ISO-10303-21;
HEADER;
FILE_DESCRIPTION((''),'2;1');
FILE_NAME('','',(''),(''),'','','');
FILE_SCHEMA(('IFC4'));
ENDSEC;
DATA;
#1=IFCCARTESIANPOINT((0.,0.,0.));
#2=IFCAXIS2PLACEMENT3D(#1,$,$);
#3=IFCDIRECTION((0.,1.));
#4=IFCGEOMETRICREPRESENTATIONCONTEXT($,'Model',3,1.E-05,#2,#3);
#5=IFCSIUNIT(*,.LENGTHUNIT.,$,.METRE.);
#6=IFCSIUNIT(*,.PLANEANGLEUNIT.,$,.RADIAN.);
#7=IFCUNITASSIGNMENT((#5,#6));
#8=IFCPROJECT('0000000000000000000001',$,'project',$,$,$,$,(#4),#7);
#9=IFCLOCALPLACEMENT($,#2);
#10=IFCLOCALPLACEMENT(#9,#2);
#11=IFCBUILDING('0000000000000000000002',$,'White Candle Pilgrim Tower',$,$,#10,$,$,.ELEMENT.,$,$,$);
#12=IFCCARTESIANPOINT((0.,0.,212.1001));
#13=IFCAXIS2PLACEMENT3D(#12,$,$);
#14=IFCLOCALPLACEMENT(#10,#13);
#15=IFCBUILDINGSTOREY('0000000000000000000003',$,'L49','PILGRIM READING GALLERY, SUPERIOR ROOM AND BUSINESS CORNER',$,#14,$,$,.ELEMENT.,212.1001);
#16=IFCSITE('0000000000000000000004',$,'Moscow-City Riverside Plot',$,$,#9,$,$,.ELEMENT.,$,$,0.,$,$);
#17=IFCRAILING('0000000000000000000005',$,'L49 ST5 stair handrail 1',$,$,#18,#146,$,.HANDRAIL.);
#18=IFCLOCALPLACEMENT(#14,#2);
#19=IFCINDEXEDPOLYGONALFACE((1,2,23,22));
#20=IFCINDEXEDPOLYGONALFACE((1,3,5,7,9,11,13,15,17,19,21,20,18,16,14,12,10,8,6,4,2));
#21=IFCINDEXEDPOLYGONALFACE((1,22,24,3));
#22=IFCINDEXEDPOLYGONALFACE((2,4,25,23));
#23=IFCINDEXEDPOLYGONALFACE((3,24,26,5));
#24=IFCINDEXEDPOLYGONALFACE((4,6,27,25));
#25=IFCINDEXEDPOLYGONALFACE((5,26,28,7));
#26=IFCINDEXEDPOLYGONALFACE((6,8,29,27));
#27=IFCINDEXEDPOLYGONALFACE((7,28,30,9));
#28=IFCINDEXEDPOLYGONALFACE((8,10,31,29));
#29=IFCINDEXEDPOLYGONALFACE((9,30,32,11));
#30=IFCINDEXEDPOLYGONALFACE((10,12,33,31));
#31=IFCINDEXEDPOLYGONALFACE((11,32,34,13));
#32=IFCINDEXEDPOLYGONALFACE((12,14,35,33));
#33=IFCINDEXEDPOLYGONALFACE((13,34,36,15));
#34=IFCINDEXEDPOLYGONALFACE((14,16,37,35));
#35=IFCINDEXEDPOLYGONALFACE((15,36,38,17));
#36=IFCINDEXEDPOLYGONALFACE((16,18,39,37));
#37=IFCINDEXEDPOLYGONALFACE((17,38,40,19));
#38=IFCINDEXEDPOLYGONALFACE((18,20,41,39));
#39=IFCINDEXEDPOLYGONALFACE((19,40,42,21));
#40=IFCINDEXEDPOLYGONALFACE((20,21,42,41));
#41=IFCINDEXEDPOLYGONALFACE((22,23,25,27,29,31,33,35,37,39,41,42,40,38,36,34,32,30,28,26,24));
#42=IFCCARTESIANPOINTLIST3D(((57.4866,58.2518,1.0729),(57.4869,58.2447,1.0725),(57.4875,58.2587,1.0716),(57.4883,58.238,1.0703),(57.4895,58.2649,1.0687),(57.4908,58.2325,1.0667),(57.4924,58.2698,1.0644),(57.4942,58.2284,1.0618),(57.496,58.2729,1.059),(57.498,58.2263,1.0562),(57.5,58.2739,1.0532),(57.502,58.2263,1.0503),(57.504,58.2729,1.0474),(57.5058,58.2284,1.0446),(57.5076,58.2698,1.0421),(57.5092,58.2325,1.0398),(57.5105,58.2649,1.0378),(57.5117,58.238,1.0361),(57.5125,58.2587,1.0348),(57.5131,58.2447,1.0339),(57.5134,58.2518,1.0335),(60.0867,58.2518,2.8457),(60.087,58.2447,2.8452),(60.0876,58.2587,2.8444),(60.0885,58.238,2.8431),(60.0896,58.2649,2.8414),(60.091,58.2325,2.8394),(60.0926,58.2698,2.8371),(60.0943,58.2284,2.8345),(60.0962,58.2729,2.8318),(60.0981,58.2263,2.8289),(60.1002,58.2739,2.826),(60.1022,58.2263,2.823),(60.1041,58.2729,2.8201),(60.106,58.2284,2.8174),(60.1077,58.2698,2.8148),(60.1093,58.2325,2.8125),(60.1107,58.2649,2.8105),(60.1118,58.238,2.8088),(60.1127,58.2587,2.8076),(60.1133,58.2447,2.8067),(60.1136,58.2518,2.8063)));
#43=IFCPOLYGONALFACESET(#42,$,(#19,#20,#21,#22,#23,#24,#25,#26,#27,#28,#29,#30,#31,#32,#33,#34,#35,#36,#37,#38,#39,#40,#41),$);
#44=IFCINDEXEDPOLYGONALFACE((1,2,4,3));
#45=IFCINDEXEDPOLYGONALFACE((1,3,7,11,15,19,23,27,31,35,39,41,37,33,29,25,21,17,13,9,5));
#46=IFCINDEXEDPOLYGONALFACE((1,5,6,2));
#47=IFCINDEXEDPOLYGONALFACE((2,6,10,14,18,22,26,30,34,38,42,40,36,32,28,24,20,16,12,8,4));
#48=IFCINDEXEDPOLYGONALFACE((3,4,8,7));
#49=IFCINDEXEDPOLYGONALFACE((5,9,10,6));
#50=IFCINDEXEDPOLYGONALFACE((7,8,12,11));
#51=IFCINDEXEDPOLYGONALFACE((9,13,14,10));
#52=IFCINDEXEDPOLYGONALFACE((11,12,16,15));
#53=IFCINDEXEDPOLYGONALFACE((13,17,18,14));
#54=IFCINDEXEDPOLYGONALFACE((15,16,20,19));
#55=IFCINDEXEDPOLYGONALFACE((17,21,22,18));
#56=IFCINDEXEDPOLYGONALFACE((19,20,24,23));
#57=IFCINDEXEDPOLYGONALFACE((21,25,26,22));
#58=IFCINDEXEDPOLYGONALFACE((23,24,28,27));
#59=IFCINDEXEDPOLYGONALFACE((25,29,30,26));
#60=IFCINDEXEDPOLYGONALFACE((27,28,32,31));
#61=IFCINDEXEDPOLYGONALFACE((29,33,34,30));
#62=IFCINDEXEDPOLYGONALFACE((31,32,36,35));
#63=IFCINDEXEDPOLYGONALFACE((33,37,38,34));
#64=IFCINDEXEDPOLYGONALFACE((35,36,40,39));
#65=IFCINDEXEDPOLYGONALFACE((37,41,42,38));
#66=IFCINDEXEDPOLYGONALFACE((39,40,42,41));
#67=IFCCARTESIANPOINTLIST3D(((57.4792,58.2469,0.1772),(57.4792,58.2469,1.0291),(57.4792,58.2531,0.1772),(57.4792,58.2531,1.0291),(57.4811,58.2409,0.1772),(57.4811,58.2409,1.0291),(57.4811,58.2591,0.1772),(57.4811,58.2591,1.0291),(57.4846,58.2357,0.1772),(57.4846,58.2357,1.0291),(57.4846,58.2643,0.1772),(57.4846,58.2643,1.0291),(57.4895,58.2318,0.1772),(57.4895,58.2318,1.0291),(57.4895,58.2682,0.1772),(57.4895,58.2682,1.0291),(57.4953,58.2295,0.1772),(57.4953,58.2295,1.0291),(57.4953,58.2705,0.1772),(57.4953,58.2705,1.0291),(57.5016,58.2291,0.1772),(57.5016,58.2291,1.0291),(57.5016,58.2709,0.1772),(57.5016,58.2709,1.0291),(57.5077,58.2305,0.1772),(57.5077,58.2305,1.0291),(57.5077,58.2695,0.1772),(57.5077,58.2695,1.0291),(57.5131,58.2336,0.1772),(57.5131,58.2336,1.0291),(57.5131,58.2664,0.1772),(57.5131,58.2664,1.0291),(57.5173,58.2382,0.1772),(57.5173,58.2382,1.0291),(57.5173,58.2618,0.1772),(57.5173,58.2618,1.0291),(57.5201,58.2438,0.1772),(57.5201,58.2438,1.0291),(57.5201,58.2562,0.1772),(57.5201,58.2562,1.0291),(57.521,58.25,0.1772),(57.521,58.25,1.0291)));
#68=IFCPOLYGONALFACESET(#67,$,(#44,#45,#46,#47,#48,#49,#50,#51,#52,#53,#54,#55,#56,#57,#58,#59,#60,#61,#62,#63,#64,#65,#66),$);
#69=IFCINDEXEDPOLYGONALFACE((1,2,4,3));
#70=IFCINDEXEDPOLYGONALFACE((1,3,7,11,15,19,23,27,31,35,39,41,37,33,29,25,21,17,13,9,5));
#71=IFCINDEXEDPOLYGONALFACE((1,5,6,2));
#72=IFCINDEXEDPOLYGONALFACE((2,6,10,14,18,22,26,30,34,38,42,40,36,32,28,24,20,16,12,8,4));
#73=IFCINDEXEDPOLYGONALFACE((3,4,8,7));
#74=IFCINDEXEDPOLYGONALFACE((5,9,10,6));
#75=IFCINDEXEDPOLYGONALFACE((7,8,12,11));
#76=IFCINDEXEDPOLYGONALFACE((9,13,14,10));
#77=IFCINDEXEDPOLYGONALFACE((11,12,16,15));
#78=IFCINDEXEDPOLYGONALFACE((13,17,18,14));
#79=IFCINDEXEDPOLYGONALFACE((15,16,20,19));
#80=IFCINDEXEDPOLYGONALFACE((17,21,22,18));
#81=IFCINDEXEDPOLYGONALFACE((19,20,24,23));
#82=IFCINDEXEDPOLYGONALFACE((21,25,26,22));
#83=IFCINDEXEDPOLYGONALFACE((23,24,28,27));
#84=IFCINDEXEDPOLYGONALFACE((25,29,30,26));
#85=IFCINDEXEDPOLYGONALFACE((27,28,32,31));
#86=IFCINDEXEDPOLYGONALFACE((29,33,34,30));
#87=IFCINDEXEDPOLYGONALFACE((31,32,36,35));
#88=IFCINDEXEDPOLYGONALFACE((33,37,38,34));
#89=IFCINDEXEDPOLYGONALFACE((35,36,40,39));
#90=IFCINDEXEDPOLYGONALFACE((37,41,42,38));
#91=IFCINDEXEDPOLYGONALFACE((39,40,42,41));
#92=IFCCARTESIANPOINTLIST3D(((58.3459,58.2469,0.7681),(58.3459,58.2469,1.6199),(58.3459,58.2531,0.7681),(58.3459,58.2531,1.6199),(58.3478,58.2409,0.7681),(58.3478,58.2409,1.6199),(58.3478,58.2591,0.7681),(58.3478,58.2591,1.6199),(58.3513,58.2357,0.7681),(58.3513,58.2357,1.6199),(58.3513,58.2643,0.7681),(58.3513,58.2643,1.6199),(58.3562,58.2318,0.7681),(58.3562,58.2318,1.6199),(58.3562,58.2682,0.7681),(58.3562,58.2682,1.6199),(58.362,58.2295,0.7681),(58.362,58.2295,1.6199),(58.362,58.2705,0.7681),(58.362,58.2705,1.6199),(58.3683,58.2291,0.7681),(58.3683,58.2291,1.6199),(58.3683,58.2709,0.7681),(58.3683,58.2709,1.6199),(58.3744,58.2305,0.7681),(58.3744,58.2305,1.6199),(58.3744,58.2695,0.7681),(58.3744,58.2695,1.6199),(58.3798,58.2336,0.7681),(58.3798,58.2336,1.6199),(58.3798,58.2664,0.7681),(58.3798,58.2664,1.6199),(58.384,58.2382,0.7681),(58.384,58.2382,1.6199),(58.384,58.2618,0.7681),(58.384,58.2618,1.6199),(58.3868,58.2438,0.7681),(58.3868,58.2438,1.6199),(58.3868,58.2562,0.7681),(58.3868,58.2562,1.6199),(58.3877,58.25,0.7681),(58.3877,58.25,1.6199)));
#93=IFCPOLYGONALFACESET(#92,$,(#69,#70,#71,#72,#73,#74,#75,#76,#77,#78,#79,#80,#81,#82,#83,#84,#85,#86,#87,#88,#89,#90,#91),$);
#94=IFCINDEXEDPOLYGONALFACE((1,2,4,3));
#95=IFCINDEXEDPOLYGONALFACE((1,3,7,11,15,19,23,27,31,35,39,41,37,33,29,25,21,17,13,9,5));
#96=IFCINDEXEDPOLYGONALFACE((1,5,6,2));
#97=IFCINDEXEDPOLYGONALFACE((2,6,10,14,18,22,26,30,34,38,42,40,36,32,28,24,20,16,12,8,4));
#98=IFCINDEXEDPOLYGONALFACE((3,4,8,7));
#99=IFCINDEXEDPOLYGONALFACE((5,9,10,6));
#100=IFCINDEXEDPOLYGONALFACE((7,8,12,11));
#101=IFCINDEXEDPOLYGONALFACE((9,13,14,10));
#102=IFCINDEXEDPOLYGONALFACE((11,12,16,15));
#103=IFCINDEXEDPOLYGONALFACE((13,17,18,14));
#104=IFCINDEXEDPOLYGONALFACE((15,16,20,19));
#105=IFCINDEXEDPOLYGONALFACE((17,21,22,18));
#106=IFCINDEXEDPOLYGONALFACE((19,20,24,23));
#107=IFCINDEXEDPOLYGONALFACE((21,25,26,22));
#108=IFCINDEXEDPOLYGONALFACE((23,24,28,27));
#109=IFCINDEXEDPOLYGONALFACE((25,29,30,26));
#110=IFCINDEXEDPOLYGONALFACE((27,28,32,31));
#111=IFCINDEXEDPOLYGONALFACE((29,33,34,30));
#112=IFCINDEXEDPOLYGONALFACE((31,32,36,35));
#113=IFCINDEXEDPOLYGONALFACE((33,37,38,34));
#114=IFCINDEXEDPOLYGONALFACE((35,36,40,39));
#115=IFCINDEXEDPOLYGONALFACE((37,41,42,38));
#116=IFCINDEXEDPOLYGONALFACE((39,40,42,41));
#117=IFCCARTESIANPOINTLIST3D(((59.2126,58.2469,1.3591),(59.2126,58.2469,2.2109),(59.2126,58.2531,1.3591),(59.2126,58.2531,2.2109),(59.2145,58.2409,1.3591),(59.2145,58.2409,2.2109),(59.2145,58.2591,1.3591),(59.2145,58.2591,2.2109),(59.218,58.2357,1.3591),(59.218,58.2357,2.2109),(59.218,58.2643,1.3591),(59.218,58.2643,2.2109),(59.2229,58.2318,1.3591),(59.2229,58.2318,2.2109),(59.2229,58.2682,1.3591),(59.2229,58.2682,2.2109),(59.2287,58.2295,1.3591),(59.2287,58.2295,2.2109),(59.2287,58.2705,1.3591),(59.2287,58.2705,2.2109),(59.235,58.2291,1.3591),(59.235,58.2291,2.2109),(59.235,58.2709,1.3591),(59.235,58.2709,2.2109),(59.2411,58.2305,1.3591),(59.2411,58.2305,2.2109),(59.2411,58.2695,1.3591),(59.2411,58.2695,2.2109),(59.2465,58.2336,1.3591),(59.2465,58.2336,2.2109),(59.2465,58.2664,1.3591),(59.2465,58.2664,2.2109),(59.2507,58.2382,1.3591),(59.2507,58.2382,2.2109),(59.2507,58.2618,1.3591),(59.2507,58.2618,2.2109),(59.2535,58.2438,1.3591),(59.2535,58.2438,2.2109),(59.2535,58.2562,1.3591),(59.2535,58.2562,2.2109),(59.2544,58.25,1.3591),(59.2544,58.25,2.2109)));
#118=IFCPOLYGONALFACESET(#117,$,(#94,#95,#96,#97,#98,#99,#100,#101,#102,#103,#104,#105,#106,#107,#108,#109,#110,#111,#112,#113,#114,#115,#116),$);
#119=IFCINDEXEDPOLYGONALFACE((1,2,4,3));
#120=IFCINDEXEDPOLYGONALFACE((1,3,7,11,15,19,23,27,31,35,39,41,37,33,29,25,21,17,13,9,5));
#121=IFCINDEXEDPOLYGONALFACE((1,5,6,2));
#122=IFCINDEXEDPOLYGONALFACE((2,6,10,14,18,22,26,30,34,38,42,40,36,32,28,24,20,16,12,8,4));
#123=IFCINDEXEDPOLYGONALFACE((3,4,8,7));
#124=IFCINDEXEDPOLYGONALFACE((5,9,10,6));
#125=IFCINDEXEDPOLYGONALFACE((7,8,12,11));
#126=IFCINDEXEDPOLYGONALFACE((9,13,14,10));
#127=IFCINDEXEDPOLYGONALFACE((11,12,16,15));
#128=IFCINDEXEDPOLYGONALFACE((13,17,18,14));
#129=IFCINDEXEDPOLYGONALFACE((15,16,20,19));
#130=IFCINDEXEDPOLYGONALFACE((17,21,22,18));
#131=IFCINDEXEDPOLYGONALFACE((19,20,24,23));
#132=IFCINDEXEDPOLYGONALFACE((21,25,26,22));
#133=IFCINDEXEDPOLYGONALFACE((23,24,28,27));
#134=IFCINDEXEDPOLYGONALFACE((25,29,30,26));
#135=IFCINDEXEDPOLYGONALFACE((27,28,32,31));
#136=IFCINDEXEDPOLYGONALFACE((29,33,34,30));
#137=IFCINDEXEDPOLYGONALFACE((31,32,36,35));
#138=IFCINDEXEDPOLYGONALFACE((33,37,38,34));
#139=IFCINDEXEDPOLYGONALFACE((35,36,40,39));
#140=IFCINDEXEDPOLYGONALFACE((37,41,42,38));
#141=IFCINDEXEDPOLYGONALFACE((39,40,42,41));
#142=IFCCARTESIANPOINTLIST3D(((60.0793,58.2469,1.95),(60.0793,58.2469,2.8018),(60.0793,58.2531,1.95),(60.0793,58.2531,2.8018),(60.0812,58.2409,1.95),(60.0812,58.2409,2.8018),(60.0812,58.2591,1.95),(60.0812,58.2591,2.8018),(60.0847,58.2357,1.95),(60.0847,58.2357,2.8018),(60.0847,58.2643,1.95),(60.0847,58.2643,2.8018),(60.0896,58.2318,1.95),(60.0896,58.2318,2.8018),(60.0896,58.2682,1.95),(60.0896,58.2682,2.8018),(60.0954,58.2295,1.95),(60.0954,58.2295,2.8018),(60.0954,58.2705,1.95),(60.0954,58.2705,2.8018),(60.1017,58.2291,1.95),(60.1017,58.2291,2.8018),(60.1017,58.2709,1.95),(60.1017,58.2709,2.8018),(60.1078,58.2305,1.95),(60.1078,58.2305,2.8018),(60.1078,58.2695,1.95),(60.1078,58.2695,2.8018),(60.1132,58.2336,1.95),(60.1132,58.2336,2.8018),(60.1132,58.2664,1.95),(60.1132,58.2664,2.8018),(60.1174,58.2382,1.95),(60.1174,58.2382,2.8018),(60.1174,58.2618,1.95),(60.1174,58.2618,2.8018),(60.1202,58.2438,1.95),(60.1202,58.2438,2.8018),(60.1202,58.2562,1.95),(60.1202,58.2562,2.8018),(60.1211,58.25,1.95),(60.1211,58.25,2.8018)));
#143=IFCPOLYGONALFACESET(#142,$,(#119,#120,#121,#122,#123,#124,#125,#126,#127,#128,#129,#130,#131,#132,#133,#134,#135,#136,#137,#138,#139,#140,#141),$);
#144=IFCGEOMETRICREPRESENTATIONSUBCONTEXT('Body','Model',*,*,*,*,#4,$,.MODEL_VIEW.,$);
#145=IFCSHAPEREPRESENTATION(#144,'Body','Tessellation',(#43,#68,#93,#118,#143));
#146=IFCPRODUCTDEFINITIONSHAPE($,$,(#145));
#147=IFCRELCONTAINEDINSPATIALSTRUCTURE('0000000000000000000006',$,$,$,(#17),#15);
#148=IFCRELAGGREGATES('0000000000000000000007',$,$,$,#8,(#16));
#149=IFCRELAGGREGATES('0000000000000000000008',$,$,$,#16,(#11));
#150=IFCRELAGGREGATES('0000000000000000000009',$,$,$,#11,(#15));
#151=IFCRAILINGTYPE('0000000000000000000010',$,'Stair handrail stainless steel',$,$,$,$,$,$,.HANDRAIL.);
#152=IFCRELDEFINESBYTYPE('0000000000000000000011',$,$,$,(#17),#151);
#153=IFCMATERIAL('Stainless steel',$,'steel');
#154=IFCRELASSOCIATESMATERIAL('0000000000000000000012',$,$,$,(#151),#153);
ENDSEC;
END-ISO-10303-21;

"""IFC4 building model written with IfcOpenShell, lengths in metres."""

from ifc_helpers import new_model, si_unit, direction, frame, origin, origin_2d, place, context, subcontext, project, spatial, circle, extrude, material, type_object, element, save


model = new_model("IFC4")

# Units and contexts
model_context = context("Model", 3, precision=1e-05, world=origin(), true_north=direction((0.0, 1.0)))
body_context = subcontext(model_context, "Body", "Model", "MODEL_VIEW")
ifc_project = project(units=[si_unit("LENGTHUNIT", "METRE"), si_unit("PLANEANGLEUNIT", "RADIAN")], contexts=[model_context])

# Site, building, storey
site_placement = place(None, origin())
site = spatial("IfcSite", under=ifc_project, at=site_placement, Name="Moscow-City Riverside Plot", CompositionType="ELEMENT", RefElevation=0.0)
building_placement = place(site_placement, origin())
building = spatial("IfcBuilding", under=site, at=building_placement, Name="White Candle Pilgrim Tower", CompositionType="ELEMENT")
storey_placement = place(building_placement, frame((0.0, 0.0, 212.1001)))
storey = spatial("IfcBuildingStorey", under=building, at=storey_placement, Name="L49", Description="PILGRIM READING GALLERY, SUPERIOR ROOM AND BUSINESS CORNER", CompositionType="ELEMENT", Elevation=212.1001)

# Railing
ifc_material_1 = material(Name="Stainless steel", Category="steel")
railing_type_1 = type_object("IfcRailingType", Name="Stair handrail stainless steel", PredefinedType="HANDRAIL", material=ifc_material_1)
railing_1_placement = place(storey_placement, frame((57.5, 58.25, 0.1772)))
element("IfcRailing", 1, at=railing_1_placement, inside=storey, type_object=railing_type_1, Name="L49 ST5 stair handrail 1", PredefinedType="HANDRAIL", context=body_context, shape_type="SweptSolid", body=[
    extrude(circle(Radius=0.0239, at=origin_2d()), frame((0.0, 0.0, 0.876), z_axis=(0.82624, 0.0, 0.563318), x_axis=(0.0, 1.0, 0.0)), (0.0, 0.0, 1.0), 3.147),
    extrude(circle(Radius=0.021, at=origin_2d()), origin(), (0.0, 0.0, 1.0), 0.8518),
    extrude(circle(Radius=0.021, at=origin_2d()), frame((0.8667, 0.0, 0.5908)), (0.0, 0.0, 1.0), 0.8518),
    extrude(circle(Radius=0.021, at=origin_2d()), frame((1.7334, 0.0, 1.1819)), (0.0, 0.0, 1.0), 0.8518),
    extrude(circle(Radius=0.021, at=origin_2d()), frame((2.6001, 0.0, 1.7727)), (0.0, 0.0, 1.0), 0.8518),
])

save(model, "model.ifc")
